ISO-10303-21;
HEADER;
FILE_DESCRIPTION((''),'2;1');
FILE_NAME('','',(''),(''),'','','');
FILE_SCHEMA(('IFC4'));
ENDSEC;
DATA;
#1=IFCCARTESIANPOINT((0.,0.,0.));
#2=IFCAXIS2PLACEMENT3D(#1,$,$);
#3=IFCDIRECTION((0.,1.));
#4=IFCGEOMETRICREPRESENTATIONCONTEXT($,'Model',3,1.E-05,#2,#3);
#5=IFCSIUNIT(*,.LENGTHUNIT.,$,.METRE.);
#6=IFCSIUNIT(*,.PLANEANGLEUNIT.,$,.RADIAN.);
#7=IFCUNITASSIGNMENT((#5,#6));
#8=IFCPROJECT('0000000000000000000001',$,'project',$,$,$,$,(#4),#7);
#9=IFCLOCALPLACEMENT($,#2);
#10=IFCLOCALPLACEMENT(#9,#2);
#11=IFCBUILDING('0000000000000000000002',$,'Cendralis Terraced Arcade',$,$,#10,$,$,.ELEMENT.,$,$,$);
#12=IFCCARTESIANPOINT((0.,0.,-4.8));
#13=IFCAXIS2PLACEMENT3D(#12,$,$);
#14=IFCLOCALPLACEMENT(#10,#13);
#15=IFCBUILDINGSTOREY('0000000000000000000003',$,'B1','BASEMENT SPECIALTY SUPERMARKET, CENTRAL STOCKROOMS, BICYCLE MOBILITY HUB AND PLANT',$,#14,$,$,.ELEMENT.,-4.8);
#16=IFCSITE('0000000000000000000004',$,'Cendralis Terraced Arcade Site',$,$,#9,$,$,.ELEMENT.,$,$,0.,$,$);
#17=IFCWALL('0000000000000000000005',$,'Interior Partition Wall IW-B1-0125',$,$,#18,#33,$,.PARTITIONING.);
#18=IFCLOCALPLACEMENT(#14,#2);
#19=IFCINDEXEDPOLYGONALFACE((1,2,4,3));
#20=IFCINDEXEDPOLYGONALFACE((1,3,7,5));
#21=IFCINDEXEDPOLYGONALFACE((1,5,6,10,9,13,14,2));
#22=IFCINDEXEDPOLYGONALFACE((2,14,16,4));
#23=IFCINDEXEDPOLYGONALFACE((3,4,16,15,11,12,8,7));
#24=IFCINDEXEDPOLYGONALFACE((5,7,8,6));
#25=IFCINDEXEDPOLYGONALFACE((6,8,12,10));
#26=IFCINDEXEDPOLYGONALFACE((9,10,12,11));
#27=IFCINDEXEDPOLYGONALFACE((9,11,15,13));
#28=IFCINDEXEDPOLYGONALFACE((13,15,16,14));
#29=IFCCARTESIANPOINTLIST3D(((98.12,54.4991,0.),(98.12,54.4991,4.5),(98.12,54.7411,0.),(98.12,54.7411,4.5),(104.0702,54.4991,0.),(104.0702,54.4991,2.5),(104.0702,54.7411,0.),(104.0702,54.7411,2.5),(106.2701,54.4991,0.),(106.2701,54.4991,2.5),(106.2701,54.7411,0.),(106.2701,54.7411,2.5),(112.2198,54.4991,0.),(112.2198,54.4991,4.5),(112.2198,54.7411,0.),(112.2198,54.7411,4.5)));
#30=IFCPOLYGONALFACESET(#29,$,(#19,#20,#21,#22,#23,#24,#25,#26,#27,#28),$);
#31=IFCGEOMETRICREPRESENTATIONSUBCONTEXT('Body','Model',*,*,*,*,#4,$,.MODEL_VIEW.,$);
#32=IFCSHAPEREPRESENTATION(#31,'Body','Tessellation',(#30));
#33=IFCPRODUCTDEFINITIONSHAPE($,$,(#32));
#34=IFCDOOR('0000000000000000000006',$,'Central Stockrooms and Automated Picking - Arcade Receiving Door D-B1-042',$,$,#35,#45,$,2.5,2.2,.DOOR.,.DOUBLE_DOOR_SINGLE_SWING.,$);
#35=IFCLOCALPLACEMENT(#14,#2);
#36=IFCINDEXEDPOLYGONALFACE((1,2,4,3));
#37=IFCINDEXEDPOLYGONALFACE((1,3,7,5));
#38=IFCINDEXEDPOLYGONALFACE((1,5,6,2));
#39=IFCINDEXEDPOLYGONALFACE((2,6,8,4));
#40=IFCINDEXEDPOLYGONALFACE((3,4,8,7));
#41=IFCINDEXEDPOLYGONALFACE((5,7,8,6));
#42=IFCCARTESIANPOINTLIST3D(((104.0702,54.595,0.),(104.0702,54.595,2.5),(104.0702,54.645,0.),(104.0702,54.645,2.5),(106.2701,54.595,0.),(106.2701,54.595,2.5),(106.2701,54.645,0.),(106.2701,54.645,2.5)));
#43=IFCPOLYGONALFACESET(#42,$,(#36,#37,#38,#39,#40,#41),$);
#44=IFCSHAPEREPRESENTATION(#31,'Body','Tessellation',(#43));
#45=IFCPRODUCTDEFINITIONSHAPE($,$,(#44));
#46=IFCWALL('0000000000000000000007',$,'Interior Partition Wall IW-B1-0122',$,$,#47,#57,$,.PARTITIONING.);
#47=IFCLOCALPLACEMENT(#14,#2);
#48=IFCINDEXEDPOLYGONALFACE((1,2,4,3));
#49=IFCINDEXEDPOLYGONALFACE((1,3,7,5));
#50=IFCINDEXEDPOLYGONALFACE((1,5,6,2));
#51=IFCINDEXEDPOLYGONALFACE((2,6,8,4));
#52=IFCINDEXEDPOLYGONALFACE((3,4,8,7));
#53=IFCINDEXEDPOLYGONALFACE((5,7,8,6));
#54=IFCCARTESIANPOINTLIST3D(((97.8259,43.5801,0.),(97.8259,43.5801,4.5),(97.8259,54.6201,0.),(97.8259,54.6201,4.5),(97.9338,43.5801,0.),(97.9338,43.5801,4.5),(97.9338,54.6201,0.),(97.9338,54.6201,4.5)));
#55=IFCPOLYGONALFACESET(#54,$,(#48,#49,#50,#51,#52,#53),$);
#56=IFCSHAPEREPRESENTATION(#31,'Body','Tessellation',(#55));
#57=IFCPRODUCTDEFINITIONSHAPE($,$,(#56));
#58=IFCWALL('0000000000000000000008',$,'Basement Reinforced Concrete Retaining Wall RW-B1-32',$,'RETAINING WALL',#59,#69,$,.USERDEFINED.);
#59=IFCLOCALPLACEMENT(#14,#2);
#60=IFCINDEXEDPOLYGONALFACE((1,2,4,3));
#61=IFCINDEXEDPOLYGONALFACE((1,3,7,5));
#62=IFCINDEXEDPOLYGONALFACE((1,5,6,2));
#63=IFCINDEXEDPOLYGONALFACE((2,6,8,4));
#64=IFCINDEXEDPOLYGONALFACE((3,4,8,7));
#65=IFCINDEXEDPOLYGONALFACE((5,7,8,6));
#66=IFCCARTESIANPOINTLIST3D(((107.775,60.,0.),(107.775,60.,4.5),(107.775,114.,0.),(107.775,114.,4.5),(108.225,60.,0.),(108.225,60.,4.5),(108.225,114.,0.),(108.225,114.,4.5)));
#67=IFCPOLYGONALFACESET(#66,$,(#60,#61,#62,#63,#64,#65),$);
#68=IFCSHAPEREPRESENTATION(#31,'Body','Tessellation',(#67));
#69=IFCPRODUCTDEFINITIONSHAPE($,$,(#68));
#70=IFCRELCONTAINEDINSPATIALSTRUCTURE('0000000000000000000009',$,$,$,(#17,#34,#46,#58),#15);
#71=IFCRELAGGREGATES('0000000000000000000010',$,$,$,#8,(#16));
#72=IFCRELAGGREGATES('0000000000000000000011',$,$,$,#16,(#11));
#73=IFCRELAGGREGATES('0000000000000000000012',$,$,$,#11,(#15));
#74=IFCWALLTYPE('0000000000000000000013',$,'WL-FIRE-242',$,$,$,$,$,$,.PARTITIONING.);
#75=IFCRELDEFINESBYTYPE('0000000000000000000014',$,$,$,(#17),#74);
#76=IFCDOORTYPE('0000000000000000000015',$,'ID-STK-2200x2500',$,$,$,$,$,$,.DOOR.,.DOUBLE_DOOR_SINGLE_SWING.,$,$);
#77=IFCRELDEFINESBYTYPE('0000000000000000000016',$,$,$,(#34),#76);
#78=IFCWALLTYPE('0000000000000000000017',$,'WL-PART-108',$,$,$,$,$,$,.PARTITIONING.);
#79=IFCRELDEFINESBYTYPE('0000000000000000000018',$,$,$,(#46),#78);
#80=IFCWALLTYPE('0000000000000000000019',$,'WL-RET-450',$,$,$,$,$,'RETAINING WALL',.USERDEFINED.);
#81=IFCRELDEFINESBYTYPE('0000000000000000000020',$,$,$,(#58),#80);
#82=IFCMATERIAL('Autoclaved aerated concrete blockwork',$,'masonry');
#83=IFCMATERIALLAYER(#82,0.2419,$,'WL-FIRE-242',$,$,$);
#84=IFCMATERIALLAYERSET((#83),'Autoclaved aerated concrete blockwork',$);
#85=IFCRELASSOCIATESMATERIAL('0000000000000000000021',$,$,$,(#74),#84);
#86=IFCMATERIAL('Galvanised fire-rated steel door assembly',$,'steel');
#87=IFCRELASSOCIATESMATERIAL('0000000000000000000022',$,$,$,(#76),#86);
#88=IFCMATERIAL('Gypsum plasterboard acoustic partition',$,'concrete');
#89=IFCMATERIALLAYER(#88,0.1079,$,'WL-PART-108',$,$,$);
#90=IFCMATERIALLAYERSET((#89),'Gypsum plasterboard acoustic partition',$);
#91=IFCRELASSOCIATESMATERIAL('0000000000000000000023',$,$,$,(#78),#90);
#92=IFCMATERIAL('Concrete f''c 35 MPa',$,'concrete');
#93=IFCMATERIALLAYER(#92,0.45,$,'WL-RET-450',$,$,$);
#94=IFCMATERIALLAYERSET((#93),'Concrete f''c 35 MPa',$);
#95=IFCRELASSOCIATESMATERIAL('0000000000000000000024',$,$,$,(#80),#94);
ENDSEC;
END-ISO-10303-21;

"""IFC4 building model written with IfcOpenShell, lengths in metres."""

from ifc_helpers import new_model, si_unit, direction, frame, frame_2d, origin, place, context, subcontext, project, spatial, rectangle, extrude, material, layer, layer_set, type_object, element, fill, save


model = new_model("IFC4")

# Units and contexts
model_context = context("Model", 3, precision=1e-05, world=origin(), true_north=direction((0.0, 1.0)))
body_context = subcontext(model_context, "Body", "Model", "MODEL_VIEW")
ifc_project = project(units=[si_unit("LENGTHUNIT", "METRE"), si_unit("PLANEANGLEUNIT", "RADIAN")], contexts=[model_context])

# Site, building, storey
site_placement = place(None, origin())
site = spatial("IfcSite", under=ifc_project, at=site_placement, Name="Cendralis Terraced Arcade Site", CompositionType="ELEMENT", RefElevation=0.0)
building_placement = place(site_placement, origin())
building = spatial("IfcBuilding", under=site, at=building_placement, Name="Cendralis Terraced Arcade", CompositionType="ELEMENT")
storey_placement = place(building_placement, frame((0.0, 0.0, -4.8)))
storey = spatial("IfcBuildingStorey", under=building, at=storey_placement, Name="B1", Description="BASEMENT SPECIALTY SUPERMARKET, CENTRAL STOCKROOMS, BICYCLE MOBILITY HUB AND PLANT", CompositionType="ELEMENT", Elevation=-4.8)

# Shared definitions
ifc_material_1 = material(Name="Concrete f'c 35 MPa", Category="concrete")

# Wall, opening, door
ifc_material_2 = material(Name="Autoclaved aerated concrete blockwork", Category="masonry")
ifc_layer_1 = layer(ifc_material_2, 0.2419, Name="WL-FIRE-242")
ifc_layer_set_1 = layer_set([ifc_layer_1], Name="Autoclaved aerated concrete blockwork")
wall_type_1 = type_object("IfcWallType", Name="WL-FIRE-242", PredefinedType="PARTITIONING", material=ifc_layer_set_1)
wall_1_placement = place(storey_placement, frame((98.1201, 54.6201, 0.0), z_axis=(0.0, 0.0, 1.0), x_axis=(1.0, 0.0, 0.0)))
wall_1 = element("IfcWall", 1, at=wall_1_placement, inside=storey, type_object=wall_type_1, Name="Interior Partition Wall IW-B1-0125", PredefinedType="PARTITIONING", context=body_context, shape_type="SweptSolid", body=[
    extrude(rectangle(XDim=14.0999, YDim=0.2419, at=frame_2d((7.0498, 0.0))), origin(), (0.0, 0.0, 1.0), 4.5),
])
opening_placement = place(wall_1_placement, frame((5.95, 0.0, 0.0)))
opening = element("IfcOpeningElement", 2, at=opening_placement, cuts=wall_1, PredefinedType="OPENING", context=body_context, shape_type="SweptSolid", body=[
    extrude(rectangle(XDim=2.2, YDim=2.5, at=frame_2d((1.1001, 1.25))), frame((0.0, 0.1328, 0.0), z_axis=(0.0, -1.0, 0.0), x_axis=(1.0, 0.0, 0.0)), (0.0, 0.0, 1.0), 0.2659),
])
ifc_material_3 = material(Name="Galvanised fire-rated steel door assembly", Category="steel")
door_type = type_object("IfcDoorType", Name="ID-STK-2200x2500", OperationType="DOUBLE_DOOR_SINGLE_SWING", PredefinedType="DOOR", material=ifc_material_3)
door_placement = place(opening_placement, origin())
door = element("IfcDoor", 3, at=door_placement, inside=storey, type_object=door_type, Name="Central Stockrooms and Automated Picking - Arcade Receiving Door D-B1-042", OperationType="DOUBLE_DOOR_SINGLE_SWING", OverallHeight=2.5, OverallWidth=2.2, PredefinedType="DOOR", context=body_context, shape_type="SweptSolid", body=[
    extrude(rectangle(XDim=2.2, YDim=2.5, at=frame_2d((1.1001, 1.25))), frame((0.0, 0.0249, 0.0), z_axis=(0.0, -1.0, 0.0), x_axis=(1.0, 0.0, 0.0)), (0.0, 0.0, 1.0), 0.05),
])
fill(opening, door)

# Walls
ifc_material_4 = material(Name="Gypsum plasterboard acoustic partition", Category="concrete")
ifc_layer_2 = layer(ifc_material_4, 0.1079, Name="WL-PART-108")
ifc_layer_set_2 = layer_set([ifc_layer_2], Name="Gypsum plasterboard acoustic partition")
wall_type_2 = type_object("IfcWallType", Name="WL-PART-108", PredefinedType="PARTITIONING", material=ifc_layer_set_2)
wall_2_placement = place(storey_placement, frame((97.8799, 54.6201, 0.0), z_axis=(0.0, 0.0, 1.0), x_axis=(0.0, -1.0, 0.0)))
element("IfcWall", 4, at=wall_2_placement, inside=storey, type_object=wall_type_2, Name="Interior Partition Wall IW-B1-0122", PredefinedType="PARTITIONING", context=body_context, shape_type="SweptSolid", body=[
    extrude(rectangle(XDim=11.04, YDim=0.1079, at=frame_2d((5.52, 0.0))), origin(), (0.0, 0.0, 1.0), 4.5),
])
ifc_layer_3 = layer(ifc_material_1, 0.45, Name="WL-RET-450")
ifc_layer_set_3 = layer_set([ifc_layer_3], Name="Concrete f'c 35 MPa")
wall_type_3 = type_object("IfcWallType", Name="WL-RET-450", ElementType="RETAINING WALL", PredefinedType="USERDEFINED", material=ifc_layer_set_3)
wall_3_placement = place(storey_placement, frame((108.0, 60.0, 0.0), z_axis=(0.0, 0.0, 1.0), x_axis=(0.0, 1.0, 0.0)))
element("IfcWall", 5, at=wall_3_placement, inside=storey, type_object=wall_type_3, Name="Basement Reinforced Concrete Retaining Wall RW-B1-32", ObjectType="RETAINING WALL", PredefinedType="USERDEFINED", context=body_context, shape_type="SweptSolid", body=[
    extrude(rectangle(XDim=54.0, YDim=0.45, at=frame_2d((27.0, 0.0))), origin(), (0.0, 0.0, 1.0), 4.5),
])

save(model, "model.ifc")
